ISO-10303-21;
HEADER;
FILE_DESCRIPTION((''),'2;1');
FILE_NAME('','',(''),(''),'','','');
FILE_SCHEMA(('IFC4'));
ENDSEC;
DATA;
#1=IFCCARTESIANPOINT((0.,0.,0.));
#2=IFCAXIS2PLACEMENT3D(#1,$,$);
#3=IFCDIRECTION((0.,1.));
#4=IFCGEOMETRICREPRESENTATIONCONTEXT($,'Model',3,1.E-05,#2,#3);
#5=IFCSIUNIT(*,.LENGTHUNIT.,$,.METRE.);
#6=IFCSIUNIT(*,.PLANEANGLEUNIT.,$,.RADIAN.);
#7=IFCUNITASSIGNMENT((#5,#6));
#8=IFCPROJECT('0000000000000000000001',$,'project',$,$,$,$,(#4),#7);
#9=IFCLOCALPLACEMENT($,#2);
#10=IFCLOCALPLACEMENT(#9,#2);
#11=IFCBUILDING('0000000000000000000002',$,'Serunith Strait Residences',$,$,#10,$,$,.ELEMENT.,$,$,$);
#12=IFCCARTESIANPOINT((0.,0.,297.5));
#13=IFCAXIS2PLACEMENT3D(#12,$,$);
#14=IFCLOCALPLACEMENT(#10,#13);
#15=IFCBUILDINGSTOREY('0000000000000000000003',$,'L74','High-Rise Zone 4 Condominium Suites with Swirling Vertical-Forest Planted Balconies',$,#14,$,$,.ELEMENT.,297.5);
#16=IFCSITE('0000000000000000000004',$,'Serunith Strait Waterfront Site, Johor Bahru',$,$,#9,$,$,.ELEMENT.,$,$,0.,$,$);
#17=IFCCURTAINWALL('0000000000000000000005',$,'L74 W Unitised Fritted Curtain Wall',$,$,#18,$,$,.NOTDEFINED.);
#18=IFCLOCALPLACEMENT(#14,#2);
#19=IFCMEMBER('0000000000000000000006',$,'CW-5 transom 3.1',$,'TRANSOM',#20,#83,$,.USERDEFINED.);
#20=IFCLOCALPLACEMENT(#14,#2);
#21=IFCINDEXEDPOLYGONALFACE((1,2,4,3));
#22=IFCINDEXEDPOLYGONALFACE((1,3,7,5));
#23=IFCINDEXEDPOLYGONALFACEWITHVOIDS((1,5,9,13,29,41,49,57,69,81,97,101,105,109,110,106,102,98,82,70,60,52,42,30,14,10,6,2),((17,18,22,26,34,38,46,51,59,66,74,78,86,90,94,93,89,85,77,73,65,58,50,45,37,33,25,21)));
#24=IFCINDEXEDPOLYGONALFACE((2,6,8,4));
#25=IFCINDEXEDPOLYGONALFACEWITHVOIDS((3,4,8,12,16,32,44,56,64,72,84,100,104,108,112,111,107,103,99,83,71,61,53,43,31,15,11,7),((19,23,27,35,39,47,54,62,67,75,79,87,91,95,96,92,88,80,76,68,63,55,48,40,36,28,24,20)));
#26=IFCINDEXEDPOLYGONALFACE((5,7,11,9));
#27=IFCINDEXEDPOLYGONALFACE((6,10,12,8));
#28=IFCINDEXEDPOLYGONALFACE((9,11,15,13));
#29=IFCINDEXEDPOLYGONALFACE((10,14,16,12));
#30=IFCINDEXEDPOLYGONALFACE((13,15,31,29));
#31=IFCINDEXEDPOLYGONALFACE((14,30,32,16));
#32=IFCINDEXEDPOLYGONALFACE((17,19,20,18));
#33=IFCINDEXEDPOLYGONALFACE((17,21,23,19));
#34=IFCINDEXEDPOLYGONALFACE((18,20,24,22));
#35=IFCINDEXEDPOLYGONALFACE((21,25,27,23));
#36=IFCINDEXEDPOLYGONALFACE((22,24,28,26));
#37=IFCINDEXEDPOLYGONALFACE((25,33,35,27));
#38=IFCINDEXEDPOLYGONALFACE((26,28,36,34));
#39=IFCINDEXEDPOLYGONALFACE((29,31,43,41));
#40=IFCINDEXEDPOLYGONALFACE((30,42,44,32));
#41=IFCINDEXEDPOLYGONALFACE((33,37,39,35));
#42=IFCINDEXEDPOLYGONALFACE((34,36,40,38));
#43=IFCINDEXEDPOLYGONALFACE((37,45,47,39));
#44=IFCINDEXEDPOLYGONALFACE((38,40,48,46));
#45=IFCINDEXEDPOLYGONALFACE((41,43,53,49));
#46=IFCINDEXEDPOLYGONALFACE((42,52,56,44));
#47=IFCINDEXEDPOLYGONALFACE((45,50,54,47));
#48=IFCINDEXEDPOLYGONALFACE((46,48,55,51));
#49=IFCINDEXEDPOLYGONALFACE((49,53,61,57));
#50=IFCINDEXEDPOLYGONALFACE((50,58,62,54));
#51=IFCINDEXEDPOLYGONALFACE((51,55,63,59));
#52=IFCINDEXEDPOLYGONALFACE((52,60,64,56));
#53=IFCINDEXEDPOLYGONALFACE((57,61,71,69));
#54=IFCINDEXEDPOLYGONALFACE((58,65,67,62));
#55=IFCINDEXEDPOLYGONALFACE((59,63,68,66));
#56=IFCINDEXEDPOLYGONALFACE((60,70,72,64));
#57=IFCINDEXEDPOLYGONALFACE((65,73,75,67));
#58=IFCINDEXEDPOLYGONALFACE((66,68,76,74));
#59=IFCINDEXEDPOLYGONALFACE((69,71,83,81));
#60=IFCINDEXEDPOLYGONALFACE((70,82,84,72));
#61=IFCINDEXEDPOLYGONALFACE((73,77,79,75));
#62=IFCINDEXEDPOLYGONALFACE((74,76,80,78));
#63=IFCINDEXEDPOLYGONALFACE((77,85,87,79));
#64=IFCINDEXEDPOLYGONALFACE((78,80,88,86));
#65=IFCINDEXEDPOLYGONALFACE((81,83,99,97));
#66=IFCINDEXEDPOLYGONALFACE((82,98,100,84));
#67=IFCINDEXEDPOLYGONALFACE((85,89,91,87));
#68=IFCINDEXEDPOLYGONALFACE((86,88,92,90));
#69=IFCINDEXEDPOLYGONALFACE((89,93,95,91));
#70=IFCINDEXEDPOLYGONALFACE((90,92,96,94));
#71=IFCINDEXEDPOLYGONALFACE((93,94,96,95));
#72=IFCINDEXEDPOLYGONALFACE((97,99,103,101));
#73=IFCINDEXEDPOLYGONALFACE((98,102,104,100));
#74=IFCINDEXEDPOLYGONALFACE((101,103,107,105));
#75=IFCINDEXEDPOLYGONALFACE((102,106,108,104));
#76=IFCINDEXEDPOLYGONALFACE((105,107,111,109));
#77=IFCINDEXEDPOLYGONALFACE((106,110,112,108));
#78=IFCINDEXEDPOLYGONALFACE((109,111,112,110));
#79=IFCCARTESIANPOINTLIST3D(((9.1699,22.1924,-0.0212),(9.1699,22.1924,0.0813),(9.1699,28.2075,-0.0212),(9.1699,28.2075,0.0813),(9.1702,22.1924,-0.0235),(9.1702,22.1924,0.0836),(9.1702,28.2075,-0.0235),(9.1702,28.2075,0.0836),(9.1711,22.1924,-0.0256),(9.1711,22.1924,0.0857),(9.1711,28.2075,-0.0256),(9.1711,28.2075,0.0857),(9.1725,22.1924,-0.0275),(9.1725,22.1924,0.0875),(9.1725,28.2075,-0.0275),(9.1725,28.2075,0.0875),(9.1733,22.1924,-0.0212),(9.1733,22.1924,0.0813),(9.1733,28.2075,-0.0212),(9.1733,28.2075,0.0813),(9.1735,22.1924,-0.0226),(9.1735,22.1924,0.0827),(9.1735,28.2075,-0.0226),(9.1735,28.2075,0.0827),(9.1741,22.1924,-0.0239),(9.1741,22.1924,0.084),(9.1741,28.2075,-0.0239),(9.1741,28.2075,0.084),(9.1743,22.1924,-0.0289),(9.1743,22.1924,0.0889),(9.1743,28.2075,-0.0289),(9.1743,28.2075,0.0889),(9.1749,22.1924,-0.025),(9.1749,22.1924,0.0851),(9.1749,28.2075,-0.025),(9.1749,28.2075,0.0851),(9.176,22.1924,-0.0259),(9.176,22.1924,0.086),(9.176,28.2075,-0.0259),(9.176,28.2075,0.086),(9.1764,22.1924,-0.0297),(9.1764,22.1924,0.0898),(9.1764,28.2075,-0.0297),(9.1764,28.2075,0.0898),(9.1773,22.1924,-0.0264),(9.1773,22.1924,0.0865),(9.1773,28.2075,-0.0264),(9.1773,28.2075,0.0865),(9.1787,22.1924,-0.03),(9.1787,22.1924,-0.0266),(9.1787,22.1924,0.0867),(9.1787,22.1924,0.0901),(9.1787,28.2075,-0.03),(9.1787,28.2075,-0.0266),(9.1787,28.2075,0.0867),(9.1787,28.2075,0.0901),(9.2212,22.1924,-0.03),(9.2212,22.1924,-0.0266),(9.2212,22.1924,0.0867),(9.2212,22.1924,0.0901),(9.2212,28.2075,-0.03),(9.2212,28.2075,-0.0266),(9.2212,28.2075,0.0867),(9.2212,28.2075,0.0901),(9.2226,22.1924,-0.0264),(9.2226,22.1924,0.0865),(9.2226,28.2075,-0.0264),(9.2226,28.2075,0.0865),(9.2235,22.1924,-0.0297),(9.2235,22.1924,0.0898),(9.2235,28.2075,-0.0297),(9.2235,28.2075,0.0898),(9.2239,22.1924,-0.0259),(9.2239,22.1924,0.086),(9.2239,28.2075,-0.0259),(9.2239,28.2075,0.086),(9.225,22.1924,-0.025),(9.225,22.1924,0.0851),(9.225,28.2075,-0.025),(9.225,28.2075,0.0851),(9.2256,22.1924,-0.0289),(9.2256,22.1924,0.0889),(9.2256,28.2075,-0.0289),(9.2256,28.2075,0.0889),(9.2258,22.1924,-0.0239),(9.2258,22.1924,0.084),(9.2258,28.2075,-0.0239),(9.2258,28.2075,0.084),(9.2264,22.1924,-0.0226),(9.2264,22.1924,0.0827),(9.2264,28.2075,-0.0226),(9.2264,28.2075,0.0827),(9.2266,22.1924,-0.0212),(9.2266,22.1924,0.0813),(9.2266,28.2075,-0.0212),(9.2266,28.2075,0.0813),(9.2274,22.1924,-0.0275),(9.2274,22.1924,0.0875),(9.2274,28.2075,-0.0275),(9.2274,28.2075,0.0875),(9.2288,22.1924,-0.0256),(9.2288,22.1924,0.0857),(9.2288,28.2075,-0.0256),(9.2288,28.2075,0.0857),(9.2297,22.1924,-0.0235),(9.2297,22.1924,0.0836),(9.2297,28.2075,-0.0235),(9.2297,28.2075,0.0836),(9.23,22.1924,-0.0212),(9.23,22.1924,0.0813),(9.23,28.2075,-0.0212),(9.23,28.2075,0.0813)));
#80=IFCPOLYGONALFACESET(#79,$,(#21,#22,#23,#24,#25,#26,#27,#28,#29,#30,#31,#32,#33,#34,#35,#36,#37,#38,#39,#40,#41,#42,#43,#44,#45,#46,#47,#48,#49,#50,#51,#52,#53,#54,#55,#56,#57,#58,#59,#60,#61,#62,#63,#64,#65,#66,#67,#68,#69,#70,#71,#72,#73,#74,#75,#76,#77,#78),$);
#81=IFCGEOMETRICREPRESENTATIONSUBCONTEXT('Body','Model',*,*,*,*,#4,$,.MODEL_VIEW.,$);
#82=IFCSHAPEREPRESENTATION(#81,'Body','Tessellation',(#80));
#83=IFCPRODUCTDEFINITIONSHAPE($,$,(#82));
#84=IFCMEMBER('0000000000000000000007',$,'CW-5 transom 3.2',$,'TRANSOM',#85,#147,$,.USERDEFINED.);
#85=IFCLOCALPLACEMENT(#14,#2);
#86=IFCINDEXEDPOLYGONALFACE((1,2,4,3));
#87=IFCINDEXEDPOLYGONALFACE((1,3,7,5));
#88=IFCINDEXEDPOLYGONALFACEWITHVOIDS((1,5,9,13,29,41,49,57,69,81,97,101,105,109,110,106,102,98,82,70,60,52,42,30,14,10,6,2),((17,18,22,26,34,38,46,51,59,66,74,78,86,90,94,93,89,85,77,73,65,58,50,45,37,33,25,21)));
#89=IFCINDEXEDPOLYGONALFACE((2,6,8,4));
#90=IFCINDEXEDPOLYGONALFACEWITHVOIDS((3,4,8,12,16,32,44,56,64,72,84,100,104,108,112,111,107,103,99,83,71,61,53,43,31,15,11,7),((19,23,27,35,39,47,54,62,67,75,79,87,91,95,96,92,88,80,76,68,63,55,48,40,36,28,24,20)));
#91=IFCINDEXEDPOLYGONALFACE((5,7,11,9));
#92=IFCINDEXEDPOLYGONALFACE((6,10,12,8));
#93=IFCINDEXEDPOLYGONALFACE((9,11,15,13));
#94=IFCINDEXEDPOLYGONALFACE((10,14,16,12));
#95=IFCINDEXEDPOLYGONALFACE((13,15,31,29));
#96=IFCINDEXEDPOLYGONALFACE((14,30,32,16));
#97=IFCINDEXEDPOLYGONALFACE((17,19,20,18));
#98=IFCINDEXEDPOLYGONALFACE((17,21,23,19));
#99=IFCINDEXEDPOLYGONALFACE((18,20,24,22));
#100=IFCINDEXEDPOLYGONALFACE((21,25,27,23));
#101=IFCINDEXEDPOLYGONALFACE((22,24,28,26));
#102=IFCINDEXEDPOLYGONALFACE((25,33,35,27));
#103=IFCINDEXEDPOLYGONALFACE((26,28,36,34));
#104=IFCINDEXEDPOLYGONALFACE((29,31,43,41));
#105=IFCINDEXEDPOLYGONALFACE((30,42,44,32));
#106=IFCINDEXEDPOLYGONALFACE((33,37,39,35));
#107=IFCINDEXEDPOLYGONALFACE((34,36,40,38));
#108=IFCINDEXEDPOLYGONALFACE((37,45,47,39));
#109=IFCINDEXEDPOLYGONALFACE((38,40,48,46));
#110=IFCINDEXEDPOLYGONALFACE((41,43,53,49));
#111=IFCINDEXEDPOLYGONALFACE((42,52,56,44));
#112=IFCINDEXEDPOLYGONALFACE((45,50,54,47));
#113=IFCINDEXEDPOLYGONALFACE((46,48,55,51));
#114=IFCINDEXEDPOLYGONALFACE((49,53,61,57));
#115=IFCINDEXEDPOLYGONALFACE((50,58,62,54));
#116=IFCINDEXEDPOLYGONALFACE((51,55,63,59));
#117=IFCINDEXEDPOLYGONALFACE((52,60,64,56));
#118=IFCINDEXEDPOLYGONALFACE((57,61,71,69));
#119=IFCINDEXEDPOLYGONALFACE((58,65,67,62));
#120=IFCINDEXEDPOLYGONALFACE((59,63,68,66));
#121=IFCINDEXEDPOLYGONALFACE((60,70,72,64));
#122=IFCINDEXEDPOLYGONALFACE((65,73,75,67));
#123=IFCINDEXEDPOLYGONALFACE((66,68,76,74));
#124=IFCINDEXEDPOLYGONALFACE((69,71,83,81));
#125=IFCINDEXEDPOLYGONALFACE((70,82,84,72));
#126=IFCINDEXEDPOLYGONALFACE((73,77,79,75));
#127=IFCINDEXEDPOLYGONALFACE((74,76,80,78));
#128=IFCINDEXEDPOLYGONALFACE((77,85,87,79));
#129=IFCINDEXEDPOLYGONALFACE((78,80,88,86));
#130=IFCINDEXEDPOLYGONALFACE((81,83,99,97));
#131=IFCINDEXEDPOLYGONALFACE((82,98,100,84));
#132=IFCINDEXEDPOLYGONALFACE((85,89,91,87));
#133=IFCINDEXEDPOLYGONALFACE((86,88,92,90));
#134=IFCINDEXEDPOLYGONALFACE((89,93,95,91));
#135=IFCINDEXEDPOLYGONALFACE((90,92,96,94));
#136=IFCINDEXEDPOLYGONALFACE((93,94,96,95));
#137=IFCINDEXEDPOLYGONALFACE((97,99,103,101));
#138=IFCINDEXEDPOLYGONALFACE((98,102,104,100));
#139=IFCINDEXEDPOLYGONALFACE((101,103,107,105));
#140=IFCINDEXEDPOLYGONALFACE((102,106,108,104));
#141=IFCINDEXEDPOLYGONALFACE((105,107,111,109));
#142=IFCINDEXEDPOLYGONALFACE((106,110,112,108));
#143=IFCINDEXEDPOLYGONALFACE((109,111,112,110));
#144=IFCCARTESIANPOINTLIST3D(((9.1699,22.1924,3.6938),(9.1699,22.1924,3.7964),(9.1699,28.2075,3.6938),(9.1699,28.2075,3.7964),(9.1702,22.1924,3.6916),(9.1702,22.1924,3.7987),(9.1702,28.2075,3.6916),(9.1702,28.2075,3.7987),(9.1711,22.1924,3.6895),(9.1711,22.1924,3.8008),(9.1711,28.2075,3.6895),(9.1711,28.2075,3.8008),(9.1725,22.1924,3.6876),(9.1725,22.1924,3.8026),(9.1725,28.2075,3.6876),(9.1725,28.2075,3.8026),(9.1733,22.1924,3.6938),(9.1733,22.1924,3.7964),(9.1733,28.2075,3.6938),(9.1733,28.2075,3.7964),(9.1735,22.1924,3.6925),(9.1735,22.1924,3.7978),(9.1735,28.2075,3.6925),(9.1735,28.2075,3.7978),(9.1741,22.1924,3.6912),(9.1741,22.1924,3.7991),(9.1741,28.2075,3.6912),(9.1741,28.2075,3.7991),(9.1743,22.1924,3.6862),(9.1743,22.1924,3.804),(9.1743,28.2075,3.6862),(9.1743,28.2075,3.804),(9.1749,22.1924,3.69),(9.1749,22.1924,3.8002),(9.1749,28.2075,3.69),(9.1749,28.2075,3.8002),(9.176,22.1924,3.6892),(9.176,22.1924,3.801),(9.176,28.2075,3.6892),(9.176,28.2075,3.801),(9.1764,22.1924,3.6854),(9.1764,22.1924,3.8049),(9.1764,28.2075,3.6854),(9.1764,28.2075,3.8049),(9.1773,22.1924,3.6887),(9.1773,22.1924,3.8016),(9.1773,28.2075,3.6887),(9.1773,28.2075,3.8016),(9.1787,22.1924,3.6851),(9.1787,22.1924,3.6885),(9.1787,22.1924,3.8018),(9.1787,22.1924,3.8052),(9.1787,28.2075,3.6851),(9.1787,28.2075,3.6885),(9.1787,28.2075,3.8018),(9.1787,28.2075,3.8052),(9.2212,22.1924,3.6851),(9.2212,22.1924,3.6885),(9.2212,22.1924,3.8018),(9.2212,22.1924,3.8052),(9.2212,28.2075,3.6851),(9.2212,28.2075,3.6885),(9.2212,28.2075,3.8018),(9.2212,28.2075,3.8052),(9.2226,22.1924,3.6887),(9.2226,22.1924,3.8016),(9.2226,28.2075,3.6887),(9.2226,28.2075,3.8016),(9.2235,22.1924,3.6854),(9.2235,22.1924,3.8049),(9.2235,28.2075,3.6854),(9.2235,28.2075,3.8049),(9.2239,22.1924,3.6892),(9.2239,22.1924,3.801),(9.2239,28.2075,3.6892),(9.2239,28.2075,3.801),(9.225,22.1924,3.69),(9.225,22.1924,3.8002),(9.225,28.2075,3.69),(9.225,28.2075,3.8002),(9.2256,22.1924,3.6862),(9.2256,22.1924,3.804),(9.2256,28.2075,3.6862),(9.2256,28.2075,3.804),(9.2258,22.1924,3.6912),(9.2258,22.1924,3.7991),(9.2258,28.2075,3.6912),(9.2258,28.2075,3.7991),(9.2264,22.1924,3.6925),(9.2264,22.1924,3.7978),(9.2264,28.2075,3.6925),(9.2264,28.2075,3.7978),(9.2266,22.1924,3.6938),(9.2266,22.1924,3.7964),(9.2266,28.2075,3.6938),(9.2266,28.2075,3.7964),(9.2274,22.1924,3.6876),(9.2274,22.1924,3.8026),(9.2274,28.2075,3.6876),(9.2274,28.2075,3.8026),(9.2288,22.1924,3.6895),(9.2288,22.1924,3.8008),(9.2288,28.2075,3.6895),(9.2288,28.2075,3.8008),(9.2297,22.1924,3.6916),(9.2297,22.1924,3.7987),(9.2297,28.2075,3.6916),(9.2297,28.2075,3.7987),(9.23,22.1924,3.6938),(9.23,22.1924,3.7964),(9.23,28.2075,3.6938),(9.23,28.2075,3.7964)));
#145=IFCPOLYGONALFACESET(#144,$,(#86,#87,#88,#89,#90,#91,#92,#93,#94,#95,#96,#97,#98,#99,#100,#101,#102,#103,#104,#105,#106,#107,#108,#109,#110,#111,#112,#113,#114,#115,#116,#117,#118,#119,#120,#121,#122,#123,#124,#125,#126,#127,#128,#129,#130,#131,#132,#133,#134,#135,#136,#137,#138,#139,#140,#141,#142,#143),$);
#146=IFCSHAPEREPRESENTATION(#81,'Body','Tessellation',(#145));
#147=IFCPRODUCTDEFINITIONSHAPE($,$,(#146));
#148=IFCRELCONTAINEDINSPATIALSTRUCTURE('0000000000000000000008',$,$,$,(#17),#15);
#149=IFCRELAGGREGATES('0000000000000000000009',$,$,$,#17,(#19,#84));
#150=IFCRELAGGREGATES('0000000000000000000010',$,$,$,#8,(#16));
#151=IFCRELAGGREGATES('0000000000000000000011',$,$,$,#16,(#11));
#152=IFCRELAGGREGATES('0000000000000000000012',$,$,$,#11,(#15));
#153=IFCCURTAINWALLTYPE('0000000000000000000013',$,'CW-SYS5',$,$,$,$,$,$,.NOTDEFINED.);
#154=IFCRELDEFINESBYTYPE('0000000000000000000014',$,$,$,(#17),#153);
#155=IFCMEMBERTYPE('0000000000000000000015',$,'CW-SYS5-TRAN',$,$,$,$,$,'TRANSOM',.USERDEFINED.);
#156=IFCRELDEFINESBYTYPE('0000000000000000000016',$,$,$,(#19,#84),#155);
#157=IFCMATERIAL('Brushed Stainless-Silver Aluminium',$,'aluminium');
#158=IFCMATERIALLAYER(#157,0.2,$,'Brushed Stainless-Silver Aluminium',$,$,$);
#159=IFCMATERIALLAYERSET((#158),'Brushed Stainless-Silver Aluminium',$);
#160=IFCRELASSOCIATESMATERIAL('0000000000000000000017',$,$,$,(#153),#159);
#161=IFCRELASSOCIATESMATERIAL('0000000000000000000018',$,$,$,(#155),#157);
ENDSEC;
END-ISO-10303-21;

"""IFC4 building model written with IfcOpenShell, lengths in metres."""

from ifc_helpers import new_model, si_unit, direction, frame, origin, origin_2d, place, context, subcontext, project, spatial, hollow_rectangle, extrude, source, transform, mapped, material, layer, layer_set, material_profile, profile_set, type_object, element, aggregate, save


model = new_model("IFC4")

# Units and contexts
model_context = context("Model", 3, precision=1e-05, world=origin(), true_north=direction((0.0, 1.0)))
body_context = subcontext(model_context, "Body", "Model", "MODEL_VIEW")
ifc_project = project(units=[si_unit("LENGTHUNIT", "METRE"), si_unit("PLANEANGLEUNIT", "RADIAN")], contexts=[model_context])

# Site, building, storey
site_placement = place(None, origin())
site = spatial("IfcSite", under=ifc_project, at=site_placement, Name="Serunith Strait Waterfront Site, Johor Bahru", CompositionType="ELEMENT", RefElevation=0.0)
building_placement = place(site_placement, origin())
building = spatial("IfcBuilding", under=site, at=building_placement, Name="Serunith Strait Residences", CompositionType="ELEMENT")
storey_placement = place(building_placement, frame((0.0, 0.0, 297.5)))
storey = spatial("IfcBuildingStorey", under=building, at=storey_placement, Name="L74", Description="High-Rise Zone 4 Condominium Suites with Swirling Vertical-Forest Planted Balconies", CompositionType="ELEMENT", Elevation=297.5)

# Curtain wall, members
ifc_material_1 = material(Name="Brushed Stainless-Silver Aluminium", Category="aluminium")
ifc_layer_1 = layer(ifc_material_1, 0.2, Name="Brushed Stainless-Silver Aluminium")
ifc_layer_set_1 = layer_set([ifc_layer_1], Name="Brushed Stainless-Silver Aluminium")
curtain_wall_type = type_object("IfcCurtainWallType", Name="CW-SYS5", PredefinedType="NOTDEFINED", material=ifc_layer_set_1)
curtain_wall_placement = place(storey_placement, origin())
curtain_wall = element("IfcCurtainWall", 1, at=curtain_wall_placement, inside=storey, type_object=curtain_wall_type, Name="L74 W Unitised Fritted Curtain Wall", PredefinedType="NOTDEFINED")
ifc_material_profile_1 = material_profile(ifc_material_1, hollow_rectangle(XDim=0.0601, YDim=0.1201, WallThickness=0.0034, InnerFilletRadius=0.0054, OuterFilletRadius=0.0088, at=origin_2d()), Name="ALU 120x60x3.5")
ifc_profile_set_1 = profile_set([ifc_material_profile_1], Name="Brushed Stainless-Silver Aluminium")
member_type_1 = type_object("IfcMemberType", Name="CW-SYS5-TRAN", ElementType="TRANSOM", PredefinedType="USERDEFINED", material=ifc_profile_set_1)
shared_shape_1 = source(origin(), body_context, "Body", "SweptSolid", [
    extrude(hollow_rectangle(XDim=0.0601, YDim=0.1201, WallThickness=0.0034, InnerFilletRadius=0.0054, OuterFilletRadius=0.0088, at=origin_2d()), origin(), (0.0, 0.0, 1.0), 6.0151),
])
member_1_placement = place(storey_placement, frame((9.2, 28.2075, 0.03), z_axis=(0.0, -1.0, 0.0), x_axis=(1.0, 0.0, 0.0)))
member_1 = element("IfcMember", 2, at=member_1_placement, type_object=member_type_1, Name="CW-5 transom 3.1", ObjectType="TRANSOM", PredefinedType="USERDEFINED", context=body_context, shape_type="MappedRepresentation", body=[
    mapped(shared_shape_1, transform((0.0, 0.0, 0.0), scale=1.0)),
])
member_2_placement = place(storey_placement, frame((9.2, 28.2075, 3.7451), z_axis=(0.0, -1.0, 0.0), x_axis=(1.0, 0.0, 0.0)))
member_2 = element("IfcMember", 3, at=member_2_placement, type_object=member_type_1, Name="CW-5 transom 3.2", ObjectType="TRANSOM", PredefinedType="USERDEFINED", context=body_context, shape_type="MappedRepresentation", body=[
    mapped(shared_shape_1, transform((0.0, 0.0, 0.0), scale=1.0)),
])
aggregate(curtain_wall, [member_1, member_2])

save(model, "model.ifc")
